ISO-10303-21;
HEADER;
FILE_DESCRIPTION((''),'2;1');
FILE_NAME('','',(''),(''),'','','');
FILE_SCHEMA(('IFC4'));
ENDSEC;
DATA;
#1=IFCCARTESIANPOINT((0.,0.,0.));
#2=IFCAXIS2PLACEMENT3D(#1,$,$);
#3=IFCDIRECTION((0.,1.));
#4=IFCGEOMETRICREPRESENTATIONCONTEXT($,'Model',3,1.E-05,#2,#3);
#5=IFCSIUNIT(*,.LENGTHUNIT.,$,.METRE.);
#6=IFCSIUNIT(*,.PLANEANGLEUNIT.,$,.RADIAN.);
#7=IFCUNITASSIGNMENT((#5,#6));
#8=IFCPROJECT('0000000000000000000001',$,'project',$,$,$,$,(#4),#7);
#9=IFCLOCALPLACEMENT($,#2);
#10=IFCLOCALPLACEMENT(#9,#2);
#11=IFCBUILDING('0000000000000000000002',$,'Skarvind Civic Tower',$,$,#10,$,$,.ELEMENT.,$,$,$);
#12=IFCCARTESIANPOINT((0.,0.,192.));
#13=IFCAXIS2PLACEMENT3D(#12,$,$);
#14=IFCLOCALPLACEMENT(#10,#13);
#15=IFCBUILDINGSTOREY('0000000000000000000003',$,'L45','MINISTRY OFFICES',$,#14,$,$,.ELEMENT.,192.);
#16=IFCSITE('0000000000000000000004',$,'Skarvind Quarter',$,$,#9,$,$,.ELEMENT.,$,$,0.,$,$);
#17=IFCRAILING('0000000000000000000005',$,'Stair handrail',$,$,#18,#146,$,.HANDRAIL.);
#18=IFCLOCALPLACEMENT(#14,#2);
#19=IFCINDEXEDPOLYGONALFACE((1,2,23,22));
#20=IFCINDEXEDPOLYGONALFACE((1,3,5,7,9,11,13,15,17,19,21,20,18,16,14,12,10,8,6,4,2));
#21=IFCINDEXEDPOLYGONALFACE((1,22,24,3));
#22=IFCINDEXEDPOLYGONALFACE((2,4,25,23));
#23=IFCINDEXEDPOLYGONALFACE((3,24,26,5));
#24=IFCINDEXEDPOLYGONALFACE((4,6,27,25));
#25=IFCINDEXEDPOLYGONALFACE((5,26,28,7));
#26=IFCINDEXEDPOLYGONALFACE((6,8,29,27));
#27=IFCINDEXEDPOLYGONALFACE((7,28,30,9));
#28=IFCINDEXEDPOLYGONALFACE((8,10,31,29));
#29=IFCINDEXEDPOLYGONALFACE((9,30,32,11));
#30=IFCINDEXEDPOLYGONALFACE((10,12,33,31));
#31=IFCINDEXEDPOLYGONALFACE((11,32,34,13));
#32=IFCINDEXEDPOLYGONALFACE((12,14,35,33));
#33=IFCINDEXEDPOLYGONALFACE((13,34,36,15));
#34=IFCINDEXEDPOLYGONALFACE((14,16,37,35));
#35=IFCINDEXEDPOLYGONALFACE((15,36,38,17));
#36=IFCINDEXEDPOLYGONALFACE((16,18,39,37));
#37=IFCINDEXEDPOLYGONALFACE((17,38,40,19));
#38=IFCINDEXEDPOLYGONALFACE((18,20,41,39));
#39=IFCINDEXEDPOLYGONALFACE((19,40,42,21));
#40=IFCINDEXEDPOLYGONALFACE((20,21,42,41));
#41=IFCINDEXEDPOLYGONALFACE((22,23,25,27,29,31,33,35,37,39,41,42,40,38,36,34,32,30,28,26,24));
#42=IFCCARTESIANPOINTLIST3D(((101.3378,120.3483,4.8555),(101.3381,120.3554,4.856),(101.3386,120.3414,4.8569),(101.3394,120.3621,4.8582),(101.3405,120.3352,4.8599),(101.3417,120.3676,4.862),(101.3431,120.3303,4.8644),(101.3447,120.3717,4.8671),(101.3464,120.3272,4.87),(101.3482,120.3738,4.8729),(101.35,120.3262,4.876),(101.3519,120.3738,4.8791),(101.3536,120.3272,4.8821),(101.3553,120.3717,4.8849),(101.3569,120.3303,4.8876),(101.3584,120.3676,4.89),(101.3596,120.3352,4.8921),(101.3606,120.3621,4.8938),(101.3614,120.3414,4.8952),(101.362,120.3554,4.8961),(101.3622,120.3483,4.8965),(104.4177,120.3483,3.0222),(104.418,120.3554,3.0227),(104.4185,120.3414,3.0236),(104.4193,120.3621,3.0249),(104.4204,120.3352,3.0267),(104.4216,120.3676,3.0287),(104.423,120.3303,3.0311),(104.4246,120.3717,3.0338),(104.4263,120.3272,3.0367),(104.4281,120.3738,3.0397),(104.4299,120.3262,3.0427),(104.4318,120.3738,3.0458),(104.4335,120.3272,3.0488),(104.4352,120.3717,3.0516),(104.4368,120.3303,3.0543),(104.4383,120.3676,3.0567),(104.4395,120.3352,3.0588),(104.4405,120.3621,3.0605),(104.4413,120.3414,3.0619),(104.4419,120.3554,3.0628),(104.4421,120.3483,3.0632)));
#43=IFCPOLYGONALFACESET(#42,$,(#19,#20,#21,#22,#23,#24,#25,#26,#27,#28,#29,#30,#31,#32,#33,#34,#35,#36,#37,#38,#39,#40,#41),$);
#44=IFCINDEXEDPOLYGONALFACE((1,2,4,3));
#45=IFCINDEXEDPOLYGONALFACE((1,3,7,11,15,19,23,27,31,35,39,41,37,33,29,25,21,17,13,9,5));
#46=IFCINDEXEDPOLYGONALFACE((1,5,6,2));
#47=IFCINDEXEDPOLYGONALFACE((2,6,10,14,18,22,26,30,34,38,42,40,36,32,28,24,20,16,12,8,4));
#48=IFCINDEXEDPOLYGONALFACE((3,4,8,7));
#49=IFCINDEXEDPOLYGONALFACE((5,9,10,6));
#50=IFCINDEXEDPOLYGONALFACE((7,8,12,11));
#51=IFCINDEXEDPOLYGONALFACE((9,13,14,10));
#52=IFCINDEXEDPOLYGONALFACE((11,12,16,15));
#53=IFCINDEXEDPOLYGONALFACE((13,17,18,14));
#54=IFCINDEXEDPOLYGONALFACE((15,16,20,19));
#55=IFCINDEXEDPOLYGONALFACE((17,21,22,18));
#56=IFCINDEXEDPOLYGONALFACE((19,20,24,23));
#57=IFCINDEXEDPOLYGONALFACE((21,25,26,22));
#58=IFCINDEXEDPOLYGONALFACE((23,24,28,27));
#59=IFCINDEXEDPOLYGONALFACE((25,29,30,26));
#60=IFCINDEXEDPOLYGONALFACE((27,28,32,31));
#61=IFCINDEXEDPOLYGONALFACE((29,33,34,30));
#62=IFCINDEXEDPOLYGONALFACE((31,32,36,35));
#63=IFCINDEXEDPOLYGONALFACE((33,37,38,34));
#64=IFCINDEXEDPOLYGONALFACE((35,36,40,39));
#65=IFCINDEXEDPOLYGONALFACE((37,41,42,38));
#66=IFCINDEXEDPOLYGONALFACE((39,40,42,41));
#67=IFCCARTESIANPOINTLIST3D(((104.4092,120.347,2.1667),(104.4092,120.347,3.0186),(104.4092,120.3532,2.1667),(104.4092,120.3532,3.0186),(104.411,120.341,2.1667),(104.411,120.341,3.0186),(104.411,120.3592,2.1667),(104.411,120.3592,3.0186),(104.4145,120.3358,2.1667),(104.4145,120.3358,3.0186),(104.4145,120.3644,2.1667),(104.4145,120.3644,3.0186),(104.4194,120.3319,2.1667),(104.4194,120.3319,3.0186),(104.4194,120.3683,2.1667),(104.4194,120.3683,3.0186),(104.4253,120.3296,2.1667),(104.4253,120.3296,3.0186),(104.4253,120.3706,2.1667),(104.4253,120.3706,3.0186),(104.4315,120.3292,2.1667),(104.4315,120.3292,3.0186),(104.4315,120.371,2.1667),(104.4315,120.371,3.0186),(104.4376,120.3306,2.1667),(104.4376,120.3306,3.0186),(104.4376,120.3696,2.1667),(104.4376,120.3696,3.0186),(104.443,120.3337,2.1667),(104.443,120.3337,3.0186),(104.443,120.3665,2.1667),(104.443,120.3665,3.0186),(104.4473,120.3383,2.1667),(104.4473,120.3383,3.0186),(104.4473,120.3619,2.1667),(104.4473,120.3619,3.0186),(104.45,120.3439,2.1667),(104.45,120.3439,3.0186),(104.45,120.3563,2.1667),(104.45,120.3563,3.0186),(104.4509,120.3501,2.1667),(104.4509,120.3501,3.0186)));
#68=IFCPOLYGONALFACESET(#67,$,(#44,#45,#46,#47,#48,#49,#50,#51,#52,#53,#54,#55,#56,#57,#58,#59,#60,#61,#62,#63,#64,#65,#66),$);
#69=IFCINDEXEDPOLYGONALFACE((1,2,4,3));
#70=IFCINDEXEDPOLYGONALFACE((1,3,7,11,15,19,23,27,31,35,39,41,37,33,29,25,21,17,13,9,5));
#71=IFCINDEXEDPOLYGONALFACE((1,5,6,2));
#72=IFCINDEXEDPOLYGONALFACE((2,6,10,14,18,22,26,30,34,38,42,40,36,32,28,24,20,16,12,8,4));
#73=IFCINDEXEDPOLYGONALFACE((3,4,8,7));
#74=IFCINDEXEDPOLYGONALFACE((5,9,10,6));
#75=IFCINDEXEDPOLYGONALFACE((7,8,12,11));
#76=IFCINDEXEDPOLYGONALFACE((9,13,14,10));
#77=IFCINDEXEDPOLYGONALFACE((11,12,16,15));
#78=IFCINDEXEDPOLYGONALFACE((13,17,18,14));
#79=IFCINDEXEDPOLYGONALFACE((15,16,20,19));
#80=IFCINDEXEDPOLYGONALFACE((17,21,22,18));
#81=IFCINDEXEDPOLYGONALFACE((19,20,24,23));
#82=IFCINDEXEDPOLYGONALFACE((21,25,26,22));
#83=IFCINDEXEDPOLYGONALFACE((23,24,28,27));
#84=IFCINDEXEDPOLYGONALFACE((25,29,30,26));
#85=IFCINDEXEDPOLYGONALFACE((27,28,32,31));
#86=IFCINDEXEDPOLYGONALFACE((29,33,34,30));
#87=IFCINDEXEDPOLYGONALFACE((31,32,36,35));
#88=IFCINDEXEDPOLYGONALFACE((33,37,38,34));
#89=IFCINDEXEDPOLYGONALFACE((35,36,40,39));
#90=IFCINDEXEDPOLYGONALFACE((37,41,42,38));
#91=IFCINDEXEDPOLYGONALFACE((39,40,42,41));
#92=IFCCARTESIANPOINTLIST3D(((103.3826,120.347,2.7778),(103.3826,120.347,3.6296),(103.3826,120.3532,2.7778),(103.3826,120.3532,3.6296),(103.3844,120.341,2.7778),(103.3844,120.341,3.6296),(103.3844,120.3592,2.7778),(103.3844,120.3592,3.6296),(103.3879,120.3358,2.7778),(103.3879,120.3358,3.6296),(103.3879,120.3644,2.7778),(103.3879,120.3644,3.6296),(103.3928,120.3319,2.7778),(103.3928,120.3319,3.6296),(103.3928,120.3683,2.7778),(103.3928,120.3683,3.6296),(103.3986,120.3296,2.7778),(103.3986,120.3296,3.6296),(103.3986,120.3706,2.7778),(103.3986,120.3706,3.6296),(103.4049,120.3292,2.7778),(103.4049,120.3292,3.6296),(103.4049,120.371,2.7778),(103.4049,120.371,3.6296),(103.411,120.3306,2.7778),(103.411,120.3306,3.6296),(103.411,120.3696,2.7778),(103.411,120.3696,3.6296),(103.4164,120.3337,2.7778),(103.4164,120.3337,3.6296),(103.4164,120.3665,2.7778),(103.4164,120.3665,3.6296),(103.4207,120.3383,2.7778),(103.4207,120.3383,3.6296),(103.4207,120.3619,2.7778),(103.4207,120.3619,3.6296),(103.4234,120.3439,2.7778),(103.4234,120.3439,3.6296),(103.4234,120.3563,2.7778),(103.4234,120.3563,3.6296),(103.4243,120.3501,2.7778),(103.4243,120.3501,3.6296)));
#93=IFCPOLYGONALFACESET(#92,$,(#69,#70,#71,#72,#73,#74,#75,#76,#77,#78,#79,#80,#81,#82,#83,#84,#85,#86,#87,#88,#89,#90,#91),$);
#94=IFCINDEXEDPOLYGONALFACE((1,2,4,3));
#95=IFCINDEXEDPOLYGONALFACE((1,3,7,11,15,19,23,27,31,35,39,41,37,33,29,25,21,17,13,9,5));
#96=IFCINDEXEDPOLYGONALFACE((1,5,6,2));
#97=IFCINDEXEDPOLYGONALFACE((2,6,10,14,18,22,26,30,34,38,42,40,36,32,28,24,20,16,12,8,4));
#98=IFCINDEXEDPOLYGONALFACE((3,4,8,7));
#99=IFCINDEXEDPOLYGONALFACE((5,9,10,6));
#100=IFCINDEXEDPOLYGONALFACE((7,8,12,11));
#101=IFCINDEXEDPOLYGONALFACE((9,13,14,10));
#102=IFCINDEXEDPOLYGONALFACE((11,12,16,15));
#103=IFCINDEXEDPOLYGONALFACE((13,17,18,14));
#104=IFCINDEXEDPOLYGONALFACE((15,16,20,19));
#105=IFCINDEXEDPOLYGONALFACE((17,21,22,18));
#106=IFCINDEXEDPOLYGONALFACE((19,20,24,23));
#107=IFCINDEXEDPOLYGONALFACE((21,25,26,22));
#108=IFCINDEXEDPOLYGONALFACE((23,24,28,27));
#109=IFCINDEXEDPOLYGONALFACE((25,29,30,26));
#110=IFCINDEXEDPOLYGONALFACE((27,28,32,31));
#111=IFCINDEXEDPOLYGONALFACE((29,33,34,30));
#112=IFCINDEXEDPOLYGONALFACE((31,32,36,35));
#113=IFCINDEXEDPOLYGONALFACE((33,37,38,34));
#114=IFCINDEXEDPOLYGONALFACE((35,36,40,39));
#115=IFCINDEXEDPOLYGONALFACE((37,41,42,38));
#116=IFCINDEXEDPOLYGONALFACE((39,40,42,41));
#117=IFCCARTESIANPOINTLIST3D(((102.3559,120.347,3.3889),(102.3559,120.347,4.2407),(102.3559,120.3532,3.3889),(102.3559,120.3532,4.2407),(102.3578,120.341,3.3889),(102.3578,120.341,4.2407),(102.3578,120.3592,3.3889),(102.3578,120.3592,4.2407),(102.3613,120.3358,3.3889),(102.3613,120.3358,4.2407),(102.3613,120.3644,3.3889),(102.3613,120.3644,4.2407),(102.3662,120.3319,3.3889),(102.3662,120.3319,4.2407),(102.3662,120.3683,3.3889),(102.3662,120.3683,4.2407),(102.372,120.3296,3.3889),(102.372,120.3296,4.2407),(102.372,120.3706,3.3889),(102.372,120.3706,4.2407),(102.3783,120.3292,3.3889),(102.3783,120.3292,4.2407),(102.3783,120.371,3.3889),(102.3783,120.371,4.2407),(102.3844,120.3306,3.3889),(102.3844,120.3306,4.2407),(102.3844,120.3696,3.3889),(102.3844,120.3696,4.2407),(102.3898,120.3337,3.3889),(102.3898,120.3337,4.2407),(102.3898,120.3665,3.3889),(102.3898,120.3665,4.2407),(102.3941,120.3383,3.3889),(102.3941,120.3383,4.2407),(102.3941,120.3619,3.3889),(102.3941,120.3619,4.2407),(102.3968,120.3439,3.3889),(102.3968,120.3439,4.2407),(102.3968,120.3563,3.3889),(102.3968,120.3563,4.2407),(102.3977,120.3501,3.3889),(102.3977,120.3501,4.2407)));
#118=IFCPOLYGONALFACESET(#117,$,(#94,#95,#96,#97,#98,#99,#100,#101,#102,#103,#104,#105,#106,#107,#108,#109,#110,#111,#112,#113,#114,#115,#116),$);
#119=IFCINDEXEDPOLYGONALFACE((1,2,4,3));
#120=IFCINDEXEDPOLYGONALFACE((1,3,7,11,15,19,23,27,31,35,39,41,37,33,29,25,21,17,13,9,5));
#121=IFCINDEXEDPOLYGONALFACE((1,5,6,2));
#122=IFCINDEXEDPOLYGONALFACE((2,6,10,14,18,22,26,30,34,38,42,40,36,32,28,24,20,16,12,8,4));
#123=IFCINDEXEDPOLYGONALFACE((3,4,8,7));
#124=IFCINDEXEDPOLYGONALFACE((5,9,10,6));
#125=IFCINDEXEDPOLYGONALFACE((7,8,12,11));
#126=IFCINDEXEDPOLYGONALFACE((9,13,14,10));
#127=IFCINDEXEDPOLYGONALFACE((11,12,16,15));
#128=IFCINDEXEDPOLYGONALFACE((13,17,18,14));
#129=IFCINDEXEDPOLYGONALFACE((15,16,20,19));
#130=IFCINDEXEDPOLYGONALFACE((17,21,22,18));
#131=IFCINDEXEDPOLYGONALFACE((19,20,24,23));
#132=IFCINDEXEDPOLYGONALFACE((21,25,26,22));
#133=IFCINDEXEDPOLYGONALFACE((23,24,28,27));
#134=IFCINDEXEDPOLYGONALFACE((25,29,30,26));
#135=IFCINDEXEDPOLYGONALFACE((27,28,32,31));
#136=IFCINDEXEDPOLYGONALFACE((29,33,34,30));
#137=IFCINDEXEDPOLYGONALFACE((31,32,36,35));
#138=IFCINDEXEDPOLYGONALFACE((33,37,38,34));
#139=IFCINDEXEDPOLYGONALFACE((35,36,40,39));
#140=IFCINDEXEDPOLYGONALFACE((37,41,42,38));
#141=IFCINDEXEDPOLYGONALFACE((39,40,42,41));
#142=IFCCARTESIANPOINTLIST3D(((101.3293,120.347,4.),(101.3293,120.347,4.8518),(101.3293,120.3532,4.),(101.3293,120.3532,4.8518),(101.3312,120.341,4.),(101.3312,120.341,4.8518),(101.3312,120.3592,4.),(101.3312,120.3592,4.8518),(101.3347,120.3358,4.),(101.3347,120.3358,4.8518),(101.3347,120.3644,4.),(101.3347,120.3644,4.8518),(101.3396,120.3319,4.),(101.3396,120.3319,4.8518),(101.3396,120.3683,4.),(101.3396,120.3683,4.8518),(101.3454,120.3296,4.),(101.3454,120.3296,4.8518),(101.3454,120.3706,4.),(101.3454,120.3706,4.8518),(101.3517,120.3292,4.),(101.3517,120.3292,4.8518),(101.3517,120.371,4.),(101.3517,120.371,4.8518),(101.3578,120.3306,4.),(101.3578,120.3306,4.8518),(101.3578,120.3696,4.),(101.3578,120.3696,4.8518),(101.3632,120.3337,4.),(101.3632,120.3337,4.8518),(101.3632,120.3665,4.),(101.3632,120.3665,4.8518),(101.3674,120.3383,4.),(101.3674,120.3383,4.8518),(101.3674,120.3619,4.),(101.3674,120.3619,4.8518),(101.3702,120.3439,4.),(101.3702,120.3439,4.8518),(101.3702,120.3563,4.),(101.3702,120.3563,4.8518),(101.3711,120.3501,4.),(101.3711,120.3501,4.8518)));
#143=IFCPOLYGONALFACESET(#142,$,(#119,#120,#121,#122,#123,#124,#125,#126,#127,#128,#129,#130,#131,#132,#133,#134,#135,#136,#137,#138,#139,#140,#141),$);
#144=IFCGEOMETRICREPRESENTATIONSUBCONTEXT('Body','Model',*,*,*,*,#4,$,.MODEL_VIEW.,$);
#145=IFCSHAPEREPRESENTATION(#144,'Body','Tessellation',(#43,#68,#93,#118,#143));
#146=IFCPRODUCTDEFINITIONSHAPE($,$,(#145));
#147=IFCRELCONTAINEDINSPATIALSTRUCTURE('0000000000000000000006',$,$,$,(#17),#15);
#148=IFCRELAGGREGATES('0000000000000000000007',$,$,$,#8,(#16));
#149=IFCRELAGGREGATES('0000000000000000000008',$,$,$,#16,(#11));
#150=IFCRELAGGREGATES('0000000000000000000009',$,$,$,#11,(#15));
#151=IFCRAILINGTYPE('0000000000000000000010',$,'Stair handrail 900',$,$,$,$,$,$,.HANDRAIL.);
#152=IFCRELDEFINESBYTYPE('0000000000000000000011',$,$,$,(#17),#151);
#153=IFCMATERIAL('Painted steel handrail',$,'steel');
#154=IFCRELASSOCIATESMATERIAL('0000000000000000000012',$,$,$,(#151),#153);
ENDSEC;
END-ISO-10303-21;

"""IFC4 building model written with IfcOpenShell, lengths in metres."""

from ifc_helpers import new_model, si_unit, direction, frame, origin, origin_2d, place, context, subcontext, project, spatial, circle, extrude, material, type_object, element, save


model = new_model("IFC4")

# Units and contexts
model_context = context("Model", 3, precision=1e-05, world=origin(), true_north=direction((0.0, 1.0)))
body_context = subcontext(model_context, "Body", "Model", "MODEL_VIEW")
ifc_project = project(units=[si_unit("LENGTHUNIT", "METRE"), si_unit("PLANEANGLEUNIT", "RADIAN")], contexts=[model_context])

# Site, building, storey
site_placement = place(None, origin())
site = spatial("IfcSite", under=ifc_project, at=site_placement, Name="Skarvind Quarter", CompositionType="ELEMENT", RefElevation=0.0)
building_placement = place(site_placement, origin())
building = spatial("IfcBuilding", under=site, at=building_placement, Name="Skarvind Civic Tower", CompositionType="ELEMENT")
storey_placement = place(building_placement, frame((0.0, 0.0, 192.0)))
storey = spatial("IfcBuildingStorey", under=building, at=storey_placement, Name="L45", Description="MINISTRY OFFICES", CompositionType="ELEMENT", Elevation=192.0)

# Railing
ifc_material_1 = material(Name="Painted steel handrail", Category="steel")
railing_type = type_object("IfcRailingType", Name="Stair handrail 900", PredefinedType="HANDRAIL", material=ifc_material_1)
railing_placement = place(storey_placement, frame((104.4299, 120.3501, 2.1667)))
element("IfcRailing", 1, at=railing_placement, inside=storey, type_object=railing_type, Name="Stair handrail", PredefinedType="HANDRAIL", context=body_context, shape_type="SweptSolid", body=[
    extrude(circle(Radius=0.0239, at=origin_2d()), frame((0.0, 0.0, 0.876), z_axis=(-0.859291, 0.0, 0.511487), x_axis=(0.0, -1.0, 0.0)), (0.0, 0.0, 1.0), 3.5842),
    extrude(circle(Radius=0.021, at=origin_2d()), origin(), (0.0, 0.0, 1.0), 0.8518),
    extrude(circle(Radius=0.021, at=origin_2d()), frame((-1.0266, 0.0, 0.6111)), (0.0, 0.0, 1.0), 0.8518),
    extrude(circle(Radius=0.021, at=origin_2d()), frame((-2.0532, 0.0, 1.2222)), (0.0, 0.0, 1.0), 0.8518),
    extrude(circle(Radius=0.021, at=origin_2d()), frame((-3.0798, 0.0, 1.8333)), (0.0, 0.0, 1.0), 0.8518),
])

save(model, "model.ifc")
